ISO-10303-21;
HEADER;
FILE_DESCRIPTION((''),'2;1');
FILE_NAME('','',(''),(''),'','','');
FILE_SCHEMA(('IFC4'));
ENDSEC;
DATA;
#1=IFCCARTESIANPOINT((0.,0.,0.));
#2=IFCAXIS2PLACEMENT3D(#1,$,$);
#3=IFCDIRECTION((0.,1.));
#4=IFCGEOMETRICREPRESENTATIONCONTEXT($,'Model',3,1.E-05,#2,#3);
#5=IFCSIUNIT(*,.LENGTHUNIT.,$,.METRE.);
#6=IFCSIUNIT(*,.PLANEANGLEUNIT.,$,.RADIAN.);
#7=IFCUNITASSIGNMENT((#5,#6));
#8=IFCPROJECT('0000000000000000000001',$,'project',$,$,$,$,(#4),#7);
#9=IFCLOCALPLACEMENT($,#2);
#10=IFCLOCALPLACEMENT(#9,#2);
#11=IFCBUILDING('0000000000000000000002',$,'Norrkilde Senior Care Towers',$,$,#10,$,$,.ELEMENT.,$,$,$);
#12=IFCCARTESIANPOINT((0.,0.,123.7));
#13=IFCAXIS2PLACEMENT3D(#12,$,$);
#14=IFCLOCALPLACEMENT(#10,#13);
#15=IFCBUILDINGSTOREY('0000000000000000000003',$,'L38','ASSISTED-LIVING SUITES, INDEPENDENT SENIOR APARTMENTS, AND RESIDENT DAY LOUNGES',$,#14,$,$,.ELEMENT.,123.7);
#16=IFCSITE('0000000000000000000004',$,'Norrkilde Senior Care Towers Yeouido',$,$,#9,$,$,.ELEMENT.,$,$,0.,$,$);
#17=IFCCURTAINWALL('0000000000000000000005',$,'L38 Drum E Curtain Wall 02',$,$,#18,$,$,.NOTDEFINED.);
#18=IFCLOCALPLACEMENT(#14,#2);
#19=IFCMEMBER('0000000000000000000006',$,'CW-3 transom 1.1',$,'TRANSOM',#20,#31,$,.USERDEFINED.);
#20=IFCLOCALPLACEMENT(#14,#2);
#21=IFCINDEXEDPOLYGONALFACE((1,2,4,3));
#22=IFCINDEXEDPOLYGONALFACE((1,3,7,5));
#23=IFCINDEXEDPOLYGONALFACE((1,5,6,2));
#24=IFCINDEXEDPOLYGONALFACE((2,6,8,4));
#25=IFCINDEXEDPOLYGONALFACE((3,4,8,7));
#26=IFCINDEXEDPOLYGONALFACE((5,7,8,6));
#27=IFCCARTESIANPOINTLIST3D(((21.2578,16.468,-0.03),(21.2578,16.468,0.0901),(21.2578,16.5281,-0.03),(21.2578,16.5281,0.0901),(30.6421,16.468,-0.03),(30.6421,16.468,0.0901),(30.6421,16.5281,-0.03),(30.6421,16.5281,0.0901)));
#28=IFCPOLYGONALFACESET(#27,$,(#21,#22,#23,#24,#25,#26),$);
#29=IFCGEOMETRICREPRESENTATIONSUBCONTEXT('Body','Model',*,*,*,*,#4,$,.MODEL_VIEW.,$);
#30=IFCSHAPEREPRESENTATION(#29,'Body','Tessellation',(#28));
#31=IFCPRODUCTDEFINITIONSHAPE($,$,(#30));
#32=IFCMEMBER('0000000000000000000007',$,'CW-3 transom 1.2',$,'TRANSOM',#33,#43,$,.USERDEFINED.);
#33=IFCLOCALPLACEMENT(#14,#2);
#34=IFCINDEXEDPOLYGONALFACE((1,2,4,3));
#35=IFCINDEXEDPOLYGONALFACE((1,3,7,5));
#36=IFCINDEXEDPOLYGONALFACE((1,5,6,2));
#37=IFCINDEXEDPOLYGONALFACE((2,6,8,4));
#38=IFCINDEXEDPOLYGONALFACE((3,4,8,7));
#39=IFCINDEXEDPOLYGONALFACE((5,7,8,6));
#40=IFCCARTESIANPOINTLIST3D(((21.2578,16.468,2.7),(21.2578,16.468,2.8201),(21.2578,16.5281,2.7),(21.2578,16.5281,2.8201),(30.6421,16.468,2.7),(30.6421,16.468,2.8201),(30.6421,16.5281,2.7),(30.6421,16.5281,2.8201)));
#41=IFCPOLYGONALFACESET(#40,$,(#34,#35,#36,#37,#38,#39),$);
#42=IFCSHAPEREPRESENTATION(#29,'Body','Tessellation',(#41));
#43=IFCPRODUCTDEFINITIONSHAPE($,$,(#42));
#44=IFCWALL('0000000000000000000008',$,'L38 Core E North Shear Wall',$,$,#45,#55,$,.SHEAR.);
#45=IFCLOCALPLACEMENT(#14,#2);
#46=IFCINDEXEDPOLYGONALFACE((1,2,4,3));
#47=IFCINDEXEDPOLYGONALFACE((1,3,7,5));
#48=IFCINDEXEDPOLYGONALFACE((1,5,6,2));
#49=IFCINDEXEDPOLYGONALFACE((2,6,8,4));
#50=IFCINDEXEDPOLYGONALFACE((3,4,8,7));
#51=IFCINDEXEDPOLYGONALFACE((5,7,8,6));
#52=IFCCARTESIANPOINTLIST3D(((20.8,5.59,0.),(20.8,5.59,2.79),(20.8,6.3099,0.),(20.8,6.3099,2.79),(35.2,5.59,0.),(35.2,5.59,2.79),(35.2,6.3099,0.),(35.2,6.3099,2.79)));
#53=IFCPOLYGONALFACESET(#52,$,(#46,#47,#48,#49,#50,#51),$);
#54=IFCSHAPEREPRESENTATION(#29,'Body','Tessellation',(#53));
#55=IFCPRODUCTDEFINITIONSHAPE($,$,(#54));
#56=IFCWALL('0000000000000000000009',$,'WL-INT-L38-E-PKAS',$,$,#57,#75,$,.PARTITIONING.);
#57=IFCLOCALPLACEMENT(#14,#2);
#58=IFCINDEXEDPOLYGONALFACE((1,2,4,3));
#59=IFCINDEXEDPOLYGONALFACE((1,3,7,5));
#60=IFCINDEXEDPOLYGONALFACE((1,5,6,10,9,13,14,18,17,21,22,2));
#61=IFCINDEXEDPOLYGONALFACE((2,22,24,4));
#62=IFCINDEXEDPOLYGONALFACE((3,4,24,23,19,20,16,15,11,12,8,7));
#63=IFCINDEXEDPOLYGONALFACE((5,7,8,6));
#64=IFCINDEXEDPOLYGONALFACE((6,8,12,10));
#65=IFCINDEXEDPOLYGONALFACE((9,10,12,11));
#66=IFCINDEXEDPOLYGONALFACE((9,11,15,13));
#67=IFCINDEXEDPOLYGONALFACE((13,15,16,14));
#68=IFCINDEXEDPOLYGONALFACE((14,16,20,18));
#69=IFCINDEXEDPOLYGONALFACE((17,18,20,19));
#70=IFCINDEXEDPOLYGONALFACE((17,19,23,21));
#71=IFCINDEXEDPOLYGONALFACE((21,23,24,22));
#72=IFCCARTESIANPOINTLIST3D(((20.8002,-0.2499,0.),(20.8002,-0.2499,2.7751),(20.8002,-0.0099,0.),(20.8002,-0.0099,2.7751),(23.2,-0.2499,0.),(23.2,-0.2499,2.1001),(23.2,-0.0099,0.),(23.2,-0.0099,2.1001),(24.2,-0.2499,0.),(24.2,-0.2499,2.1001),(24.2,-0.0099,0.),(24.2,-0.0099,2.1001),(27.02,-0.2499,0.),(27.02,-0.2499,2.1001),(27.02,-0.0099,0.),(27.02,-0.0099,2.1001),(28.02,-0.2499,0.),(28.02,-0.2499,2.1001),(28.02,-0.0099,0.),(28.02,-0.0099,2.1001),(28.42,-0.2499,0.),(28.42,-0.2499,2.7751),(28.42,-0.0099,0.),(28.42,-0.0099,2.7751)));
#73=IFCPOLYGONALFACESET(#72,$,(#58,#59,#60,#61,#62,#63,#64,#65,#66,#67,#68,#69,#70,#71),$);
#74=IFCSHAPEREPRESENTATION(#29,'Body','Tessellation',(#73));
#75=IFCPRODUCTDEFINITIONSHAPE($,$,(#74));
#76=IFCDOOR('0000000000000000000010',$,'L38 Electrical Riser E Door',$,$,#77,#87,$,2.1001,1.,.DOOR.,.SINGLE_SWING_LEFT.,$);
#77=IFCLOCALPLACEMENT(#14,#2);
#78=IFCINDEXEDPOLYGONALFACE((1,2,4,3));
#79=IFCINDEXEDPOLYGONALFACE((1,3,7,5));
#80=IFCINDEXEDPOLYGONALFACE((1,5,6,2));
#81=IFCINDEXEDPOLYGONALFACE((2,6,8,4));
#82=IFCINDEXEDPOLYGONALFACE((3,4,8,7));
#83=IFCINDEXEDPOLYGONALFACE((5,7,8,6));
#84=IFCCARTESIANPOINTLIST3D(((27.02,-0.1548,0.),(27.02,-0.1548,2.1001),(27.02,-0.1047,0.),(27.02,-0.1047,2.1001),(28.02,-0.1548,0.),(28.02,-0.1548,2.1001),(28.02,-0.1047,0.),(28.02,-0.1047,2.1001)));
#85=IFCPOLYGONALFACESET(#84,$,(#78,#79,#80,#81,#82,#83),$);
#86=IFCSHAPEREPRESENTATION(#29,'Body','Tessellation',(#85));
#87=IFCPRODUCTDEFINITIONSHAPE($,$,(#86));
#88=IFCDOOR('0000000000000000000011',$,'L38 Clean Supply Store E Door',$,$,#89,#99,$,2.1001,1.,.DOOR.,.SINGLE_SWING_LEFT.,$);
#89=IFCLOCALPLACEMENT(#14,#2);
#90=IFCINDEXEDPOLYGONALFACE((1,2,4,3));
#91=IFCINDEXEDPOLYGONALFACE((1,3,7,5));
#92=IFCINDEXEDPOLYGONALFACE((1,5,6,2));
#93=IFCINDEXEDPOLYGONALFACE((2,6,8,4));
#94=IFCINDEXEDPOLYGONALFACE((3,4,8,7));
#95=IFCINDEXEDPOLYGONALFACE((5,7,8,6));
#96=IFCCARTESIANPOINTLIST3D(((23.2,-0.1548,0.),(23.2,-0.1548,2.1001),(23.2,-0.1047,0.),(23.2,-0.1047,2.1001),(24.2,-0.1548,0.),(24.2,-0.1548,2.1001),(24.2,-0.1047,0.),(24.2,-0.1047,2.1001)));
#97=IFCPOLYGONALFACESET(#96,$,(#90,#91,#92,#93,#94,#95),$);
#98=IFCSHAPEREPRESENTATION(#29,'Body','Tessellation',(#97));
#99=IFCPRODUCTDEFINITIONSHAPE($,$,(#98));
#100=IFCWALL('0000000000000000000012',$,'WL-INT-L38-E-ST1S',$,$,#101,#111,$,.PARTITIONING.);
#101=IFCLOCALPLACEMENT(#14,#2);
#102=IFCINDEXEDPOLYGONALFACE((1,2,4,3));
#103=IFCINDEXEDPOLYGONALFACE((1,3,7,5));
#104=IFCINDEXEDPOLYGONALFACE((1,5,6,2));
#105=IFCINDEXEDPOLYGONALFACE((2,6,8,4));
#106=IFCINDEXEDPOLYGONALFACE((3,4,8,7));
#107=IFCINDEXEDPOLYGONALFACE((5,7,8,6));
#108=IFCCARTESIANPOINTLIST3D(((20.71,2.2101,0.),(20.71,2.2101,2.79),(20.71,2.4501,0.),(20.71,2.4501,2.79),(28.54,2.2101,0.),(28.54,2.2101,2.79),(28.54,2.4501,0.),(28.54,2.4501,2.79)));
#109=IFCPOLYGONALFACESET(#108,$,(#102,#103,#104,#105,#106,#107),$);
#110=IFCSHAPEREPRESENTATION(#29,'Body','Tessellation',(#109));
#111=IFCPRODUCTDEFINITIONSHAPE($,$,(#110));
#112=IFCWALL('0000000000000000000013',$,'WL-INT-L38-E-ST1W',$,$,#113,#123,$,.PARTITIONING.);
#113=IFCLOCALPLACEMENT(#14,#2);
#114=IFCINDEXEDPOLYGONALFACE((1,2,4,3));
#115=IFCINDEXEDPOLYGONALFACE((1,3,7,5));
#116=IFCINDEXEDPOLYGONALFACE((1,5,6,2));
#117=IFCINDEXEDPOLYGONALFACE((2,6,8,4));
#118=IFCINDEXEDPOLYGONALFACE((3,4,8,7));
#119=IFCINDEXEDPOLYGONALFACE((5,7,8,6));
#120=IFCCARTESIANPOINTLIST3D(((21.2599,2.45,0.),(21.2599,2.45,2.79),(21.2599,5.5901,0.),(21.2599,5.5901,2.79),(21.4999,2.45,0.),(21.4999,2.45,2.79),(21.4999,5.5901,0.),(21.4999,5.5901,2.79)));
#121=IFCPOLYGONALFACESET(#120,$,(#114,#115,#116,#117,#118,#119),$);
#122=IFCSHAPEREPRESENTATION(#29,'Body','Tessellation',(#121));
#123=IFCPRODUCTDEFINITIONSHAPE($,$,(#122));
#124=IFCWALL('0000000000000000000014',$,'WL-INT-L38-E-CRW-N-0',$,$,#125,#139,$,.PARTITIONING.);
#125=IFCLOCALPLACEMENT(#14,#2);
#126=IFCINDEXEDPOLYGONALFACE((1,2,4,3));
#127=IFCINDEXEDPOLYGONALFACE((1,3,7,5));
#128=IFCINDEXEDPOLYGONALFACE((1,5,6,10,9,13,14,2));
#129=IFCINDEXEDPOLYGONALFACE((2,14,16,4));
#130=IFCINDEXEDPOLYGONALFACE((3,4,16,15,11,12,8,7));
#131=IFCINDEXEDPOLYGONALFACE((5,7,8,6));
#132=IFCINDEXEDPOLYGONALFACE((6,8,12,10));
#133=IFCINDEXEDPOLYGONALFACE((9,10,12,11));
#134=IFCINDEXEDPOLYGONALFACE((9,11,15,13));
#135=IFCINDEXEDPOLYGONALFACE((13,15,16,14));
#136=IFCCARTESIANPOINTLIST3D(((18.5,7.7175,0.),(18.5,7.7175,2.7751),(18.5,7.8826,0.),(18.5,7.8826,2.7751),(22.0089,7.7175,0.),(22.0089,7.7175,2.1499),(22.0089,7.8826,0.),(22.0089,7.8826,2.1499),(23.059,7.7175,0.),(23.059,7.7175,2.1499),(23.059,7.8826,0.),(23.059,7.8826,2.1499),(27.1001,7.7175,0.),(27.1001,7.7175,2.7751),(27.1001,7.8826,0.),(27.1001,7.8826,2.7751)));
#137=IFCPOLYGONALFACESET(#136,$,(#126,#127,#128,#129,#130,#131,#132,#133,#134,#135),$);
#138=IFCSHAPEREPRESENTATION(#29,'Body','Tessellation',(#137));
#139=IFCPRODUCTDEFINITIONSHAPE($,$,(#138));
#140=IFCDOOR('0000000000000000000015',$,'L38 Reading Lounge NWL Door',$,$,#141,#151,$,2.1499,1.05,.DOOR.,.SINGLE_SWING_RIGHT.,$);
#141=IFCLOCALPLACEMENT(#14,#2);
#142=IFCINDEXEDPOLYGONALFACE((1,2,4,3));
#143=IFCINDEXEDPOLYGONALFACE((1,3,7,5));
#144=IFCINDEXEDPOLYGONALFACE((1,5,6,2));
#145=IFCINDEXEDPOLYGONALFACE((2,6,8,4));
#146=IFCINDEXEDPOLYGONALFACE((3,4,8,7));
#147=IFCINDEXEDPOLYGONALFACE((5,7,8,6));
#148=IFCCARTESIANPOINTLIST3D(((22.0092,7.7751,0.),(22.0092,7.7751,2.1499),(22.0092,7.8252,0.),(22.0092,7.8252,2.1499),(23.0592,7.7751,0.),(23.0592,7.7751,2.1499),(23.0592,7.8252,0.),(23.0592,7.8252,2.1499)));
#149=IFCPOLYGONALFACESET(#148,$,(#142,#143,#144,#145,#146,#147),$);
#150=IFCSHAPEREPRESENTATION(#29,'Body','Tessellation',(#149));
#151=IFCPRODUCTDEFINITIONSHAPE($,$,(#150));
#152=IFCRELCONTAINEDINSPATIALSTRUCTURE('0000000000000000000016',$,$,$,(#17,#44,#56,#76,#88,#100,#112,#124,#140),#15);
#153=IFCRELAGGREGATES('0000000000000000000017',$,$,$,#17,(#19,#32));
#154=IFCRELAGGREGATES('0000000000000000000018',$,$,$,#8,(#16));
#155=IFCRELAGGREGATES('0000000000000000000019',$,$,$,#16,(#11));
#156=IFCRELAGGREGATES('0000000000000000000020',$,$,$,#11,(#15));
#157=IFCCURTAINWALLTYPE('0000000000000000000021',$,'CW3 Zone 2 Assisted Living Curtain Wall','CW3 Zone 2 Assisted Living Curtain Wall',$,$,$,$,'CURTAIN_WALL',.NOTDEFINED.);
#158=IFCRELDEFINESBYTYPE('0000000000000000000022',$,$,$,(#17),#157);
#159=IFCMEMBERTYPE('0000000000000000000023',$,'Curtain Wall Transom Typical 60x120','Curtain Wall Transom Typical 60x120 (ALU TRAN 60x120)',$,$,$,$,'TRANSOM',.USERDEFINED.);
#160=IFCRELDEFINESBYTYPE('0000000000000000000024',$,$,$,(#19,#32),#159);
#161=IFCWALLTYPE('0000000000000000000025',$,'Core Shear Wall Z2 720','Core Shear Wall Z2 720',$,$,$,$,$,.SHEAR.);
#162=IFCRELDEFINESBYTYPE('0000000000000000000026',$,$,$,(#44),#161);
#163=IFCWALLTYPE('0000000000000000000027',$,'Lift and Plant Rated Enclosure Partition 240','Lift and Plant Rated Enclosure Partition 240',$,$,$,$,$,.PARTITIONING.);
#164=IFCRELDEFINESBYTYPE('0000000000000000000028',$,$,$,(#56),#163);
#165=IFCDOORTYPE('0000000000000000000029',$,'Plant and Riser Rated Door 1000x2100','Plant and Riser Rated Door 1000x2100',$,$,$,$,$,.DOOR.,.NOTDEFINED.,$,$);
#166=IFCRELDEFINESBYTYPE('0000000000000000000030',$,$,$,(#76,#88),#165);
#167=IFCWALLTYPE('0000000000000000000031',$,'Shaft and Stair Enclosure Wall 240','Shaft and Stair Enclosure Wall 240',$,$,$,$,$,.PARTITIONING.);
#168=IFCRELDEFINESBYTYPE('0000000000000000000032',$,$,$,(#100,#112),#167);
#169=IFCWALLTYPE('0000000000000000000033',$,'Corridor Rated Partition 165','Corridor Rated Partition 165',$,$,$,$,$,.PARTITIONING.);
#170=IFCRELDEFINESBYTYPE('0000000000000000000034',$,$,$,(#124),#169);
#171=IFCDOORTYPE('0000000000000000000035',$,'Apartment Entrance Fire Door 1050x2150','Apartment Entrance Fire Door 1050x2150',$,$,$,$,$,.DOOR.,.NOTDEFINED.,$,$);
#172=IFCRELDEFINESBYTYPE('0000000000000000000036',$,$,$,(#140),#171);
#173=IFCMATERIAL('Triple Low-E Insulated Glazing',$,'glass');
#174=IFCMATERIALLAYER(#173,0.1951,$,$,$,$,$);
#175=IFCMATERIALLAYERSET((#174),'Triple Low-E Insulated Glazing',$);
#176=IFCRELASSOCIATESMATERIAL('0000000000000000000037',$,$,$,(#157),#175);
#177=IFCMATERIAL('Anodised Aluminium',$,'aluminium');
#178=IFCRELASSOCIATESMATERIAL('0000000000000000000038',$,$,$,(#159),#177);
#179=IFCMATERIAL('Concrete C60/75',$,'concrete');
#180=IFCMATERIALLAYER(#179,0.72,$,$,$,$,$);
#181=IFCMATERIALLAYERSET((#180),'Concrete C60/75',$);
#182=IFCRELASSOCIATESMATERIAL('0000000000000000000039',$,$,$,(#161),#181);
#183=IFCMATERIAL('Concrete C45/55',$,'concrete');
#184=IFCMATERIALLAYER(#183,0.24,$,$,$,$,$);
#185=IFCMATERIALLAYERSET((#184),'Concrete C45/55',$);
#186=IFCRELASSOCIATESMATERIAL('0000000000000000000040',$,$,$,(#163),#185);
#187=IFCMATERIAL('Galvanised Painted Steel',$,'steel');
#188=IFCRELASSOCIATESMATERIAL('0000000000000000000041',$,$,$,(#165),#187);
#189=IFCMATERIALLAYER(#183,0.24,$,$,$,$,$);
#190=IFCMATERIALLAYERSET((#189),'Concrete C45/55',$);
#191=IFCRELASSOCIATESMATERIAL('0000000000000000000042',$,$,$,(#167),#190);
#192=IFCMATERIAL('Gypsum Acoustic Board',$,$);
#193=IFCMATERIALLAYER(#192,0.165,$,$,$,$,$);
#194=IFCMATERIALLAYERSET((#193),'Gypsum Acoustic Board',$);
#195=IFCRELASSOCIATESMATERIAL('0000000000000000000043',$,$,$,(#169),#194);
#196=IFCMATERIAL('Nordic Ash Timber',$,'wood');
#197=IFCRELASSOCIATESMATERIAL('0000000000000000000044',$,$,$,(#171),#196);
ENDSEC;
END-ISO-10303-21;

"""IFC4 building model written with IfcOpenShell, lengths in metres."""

from ifc_helpers import new_model, si_unit, direction, frame, frame_2d, origin, origin_2d, place, context, subcontext, project, spatial, rectangle, extrude, source, transform, mapped, material, layer, layer_set, material_profile, profile_set, type_object, type_shapes, element, fill, aggregate, save


model = new_model("IFC4")

# Units and contexts
model_context = context("Model", 3, precision=1e-05, world=origin(), true_north=direction((0.0, 1.0)))
body_context = subcontext(model_context, "Body", "Model", "MODEL_VIEW")
ifc_project = project(units=[si_unit("LENGTHUNIT", "METRE"), si_unit("PLANEANGLEUNIT", "RADIAN")], contexts=[model_context])

# Site, building, storey
site_placement = place(None, origin())
site = spatial("IfcSite", under=ifc_project, at=site_placement, Name="Norrkilde Senior Care Towers Yeouido", CompositionType="ELEMENT", RefElevation=0.0)
building_placement = place(site_placement, origin())
building = spatial("IfcBuilding", under=site, at=building_placement, Name="Norrkilde Senior Care Towers", CompositionType="ELEMENT")
storey_placement = place(building_placement, frame((0.0, 0.0, 123.7)))
storey = spatial("IfcBuildingStorey", under=building, at=storey_placement, Name="L38", Description="ASSISTED-LIVING SUITES, INDEPENDENT SENIOR APARTMENTS, AND RESIDENT DAY LOUNGES", CompositionType="ELEMENT", Elevation=123.7)

# Shared definitions
ifc_material_1 = material(Name="Concrete C60/75", Category="concrete")

# Curtain wall
ifc_material_2 = material(Name="Triple Low-E Insulated Glazing", Category="glass")
ifc_layer_1 = layer(ifc_material_2, 0.1951)
ifc_layer_set_1 = layer_set([ifc_layer_1], Name="Triple Low-E Insulated Glazing")
curtain_wall_type = type_object("IfcCurtainWallType", Name="CW3 Zone 2 Assisted Living Curtain Wall", Description="CW3 Zone 2 Assisted Living Curtain Wall", ElementType="CURTAIN_WALL", PredefinedType="NOTDEFINED", material=ifc_layer_set_1)
curtain_wall_1_placement = place(storey_placement, origin())
curtain_wall_1 = element("IfcCurtainWall", 1, at=curtain_wall_1_placement, inside=storey, type_object=curtain_wall_type, Name="L38 Drum E Curtain Wall 02", PredefinedType="NOTDEFINED")
ifc_material_3 = material(Name="Anodised Aluminium", Category="aluminium")

# Members
ifc_material_profile_1 = material_profile(ifc_material_3, rectangle(XDim=0.0601, YDim=0.1201, at=origin_2d()), Name="ALU TRAN 60x120")
ifc_profile_set_1 = profile_set([ifc_material_profile_1], Name="Anodised Aluminium")
member_type_1 = type_object("IfcMemberType", Name="Curtain Wall Transom Typical 60x120", Description="Curtain Wall Transom Typical 60x120 (ALU TRAN 60x120)", ElementType="TRANSOM", PredefinedType="USERDEFINED", material=ifc_profile_set_1)
shared_shape_1 = source(origin(), body_context, "Body", "SweptSolid", [
    extrude(rectangle(XDim=0.0601, YDim=0.1201, at=origin_2d()), origin(), (0.0, 0.0, 1.0), 9.3843),
])
type_shapes(member_type_1, [shared_shape_1])
member_1_placement = place(storey_placement, frame((21.2578, 16.498, 0.03), z_axis=(1.0, 0.0, 0.0), x_axis=(0.0, 1.0, 0.0)))
member_1 = element("IfcMember", 2, at=member_1_placement, type_object=member_type_1, Name="CW-3 transom 1.1", ObjectType="TRANSOM", PredefinedType="USERDEFINED", context=body_context, shape_type="MappedRepresentation", body=[
    mapped(shared_shape_1, transform((0.0, 0.0, 0.0), x_axis=(1.0, 0.0, 0.0), y_axis=(0.0, 1.0, 0.0), z_axis=(0.0, 0.0, 1.0), scale=1.0)),
])
member_2_placement = place(storey_placement, frame((21.2578, 16.498, 2.76), z_axis=(1.0, 0.0, 0.0), x_axis=(0.0, 1.0, 0.0)))
member_2 = element("IfcMember", 3, at=member_2_placement, type_object=member_type_1, Name="CW-3 transom 1.2", ObjectType="TRANSOM", PredefinedType="USERDEFINED", context=body_context, shape_type="MappedRepresentation", body=[
    mapped(shared_shape_1, transform((0.0, 0.0, 0.0), x_axis=(1.0, 0.0, 0.0), y_axis=(0.0, 1.0, 0.0), z_axis=(0.0, 0.0, 1.0), scale=1.0)),
])
aggregate(curtain_wall_1, [member_1, member_2])

# Wall
ifc_layer_2 = layer(ifc_material_1, 0.72)
ifc_layer_set_2 = layer_set([ifc_layer_2], Name="Concrete C60/75")
wall_type_1 = type_object("IfcWallType", Name="Core Shear Wall Z2 720", Description="Core Shear Wall Z2 720", PredefinedType="SHEAR", material=ifc_layer_set_2)
shared_shape_2 = source(origin(), body_context, "Body", "SweptSolid", [
    extrude(rectangle(XDim=14.3999, YDim=0.72, at=frame_2d((7.2, 0.0))), origin(), (0.0, 0.0, 1.0), 2.79),
])
type_shapes(wall_type_1, [shared_shape_2])
wall_1_placement = place(storey_placement, frame((20.8, 5.95, 0.0), z_axis=(0.0, 0.0, 1.0), x_axis=(1.0, 0.0, 0.0)))
element("IfcWall", 4, at=wall_1_placement, inside=storey, type_object=wall_type_1, Name="L38 Core E North Shear Wall", PredefinedType="SHEAR", context=body_context, shape_type="MappedRepresentation", body=[
    mapped(shared_shape_2, transform((0.0, 0.0, 0.0), x_axis=(1.0, 0.0, 0.0), y_axis=(0.0, 1.0, 0.0), z_axis=(0.0, 0.0, 1.0), scale=1.0)),
])

# Wall, openings, doors
ifc_material_4 = material(Name="Concrete C45/55", Category="concrete")
ifc_layer_3 = layer(ifc_material_4, 0.24)
ifc_layer_set_3 = layer_set([ifc_layer_3], Name="Concrete C45/55")
wall_type_2 = type_object("IfcWallType", Name="Lift and Plant Rated Enclosure Partition 240", Description="Lift and Plant Rated Enclosure Partition 240", PredefinedType="PARTITIONING", material=ifc_layer_set_3)
shared_shape_3 = source(origin(), body_context, "Body", "SweptSolid", [
    extrude(rectangle(XDim=7.6199, YDim=0.24, at=frame_2d((3.8101, 0.0))), origin(), (0.0, 0.0, 1.0), 2.7751),
])
type_shapes(wall_type_2, [shared_shape_3])
wall_2_placement = place(storey_placement, frame((20.8, -0.1299, 0.0), z_axis=(0.0, 0.0, 1.0), x_axis=(1.0, 0.0, 0.0)))
wall_2 = element("IfcWall", 5, at=wall_2_placement, inside=storey, type_object=wall_type_2, Name="WL-INT-L38-E-PKAS", PredefinedType="PARTITIONING", context=body_context, shape_type="MappedRepresentation", body=[
    mapped(shared_shape_3, transform((0.0, 0.0, 0.0), x_axis=(1.0, 0.0, 0.0), y_axis=(0.0, 1.0, 0.0), z_axis=(0.0, 0.0, 1.0), scale=1.0)),
])
opening_1_placement = place(wall_2_placement, frame((6.22, 0.0, 0.0)))
opening_1 = element("IfcOpeningElement", 6, at=opening_1_placement, cuts=wall_2, PredefinedType="OPENING", context=body_context, shape_type="SweptSolid", body=[
    extrude(rectangle(XDim=1.0, YDim=2.1001, at=frame_2d((0.5, 1.05))), frame((0.0, 0.1299, 0.0), z_axis=(0.0, -1.0, 0.0), x_axis=(1.0, 0.0, 0.0)), (0.0, 0.0, 1.0), 0.26),
])
opening_2_placement = place(wall_2_placement, frame((2.3999, 0.0, 0.0)))
opening_2 = element("IfcOpeningElement", 7, at=opening_2_placement, cuts=wall_2, PredefinedType="OPENING", context=body_context, shape_type="SweptSolid", body=[
    extrude(rectangle(XDim=1.0, YDim=2.1001, at=frame_2d((0.5, 1.05))), frame((0.0, 0.1299, 0.0), z_axis=(0.0, -1.0, 0.0), x_axis=(1.0, 0.0, 0.0)), (0.0, 0.0, 1.0), 0.26),
])
ifc_material_5 = material(Name="Galvanised Painted Steel", Category="steel")
door_type_1 = type_object("IfcDoorType", Name="Plant and Riser Rated Door 1000x2100", Description="Plant and Riser Rated Door 1000x2100", OperationType="NOTDEFINED", PredefinedType="DOOR", material=ifc_material_5)
shared_shape_4 = source(origin(), body_context, "Body", "SweptSolid", [
    extrude(rectangle(XDim=1.0, YDim=2.1001, at=frame_2d((0.5, 1.05))), frame((0.0, 0.0249, 0.0), z_axis=(0.0, -1.0, 0.0), x_axis=(1.0, 0.0, 0.0)), (0.0, 0.0, 1.0), 0.05),
])
type_shapes(door_type_1, [shared_shape_4])
door_1_placement = place(opening_1_placement, frame((1.0, 0.0, 0.0), z_axis=(0.0, 0.0, 1.0), x_axis=(-1.0, 0.0, 0.0)))
door_1 = element("IfcDoor", 8, at=door_1_placement, inside=storey, type_object=door_type_1, Name="L38 Electrical Riser E Door", OperationType="SINGLE_SWING_LEFT", OverallHeight=2.1001, OverallWidth=1.0, PredefinedType="DOOR", context=body_context, shape_type="MappedRepresentation", body=[
    mapped(shared_shape_4, transform((0.0, 0.0, 0.0), x_axis=(1.0, 0.0, 0.0), y_axis=(0.0, 1.0, 0.0), z_axis=(0.0, 0.0, 1.0), scale=1.0)),
])
fill(opening_1, door_1)
door_2_placement = place(opening_2_placement, frame((1.0, 0.0, 0.0), z_axis=(0.0, 0.0, 1.0), x_axis=(-1.0, 0.0, 0.0)))
door_2 = element("IfcDoor", 9, at=door_2_placement, inside=storey, type_object=door_type_1, Name="L38 Clean Supply Store E Door", OperationType="SINGLE_SWING_LEFT", OverallHeight=2.1001, OverallWidth=1.0, PredefinedType="DOOR", context=body_context, shape_type="MappedRepresentation", body=[
    mapped(shared_shape_4, transform((0.0, 0.0, 0.0), x_axis=(1.0, 0.0, 0.0), y_axis=(0.0, 1.0, 0.0), z_axis=(0.0, 0.0, 1.0), scale=1.0)),
])
fill(opening_2, door_2)

# Walls
ifc_layer_4 = layer(ifc_material_4, 0.24)
ifc_layer_set_4 = layer_set([ifc_layer_4], Name="Concrete C45/55")
wall_type_3 = type_object("IfcWallType", Name="Shaft and Stair Enclosure Wall 240", Description="Shaft and Stair Enclosure Wall 240", PredefinedType="PARTITIONING", material=ifc_layer_set_4)
shared_shape_5 = source(origin(), body_context, "Body", "SweptSolid", [
    extrude(rectangle(XDim=7.8301, YDim=0.24, at=frame_2d((3.915, 0.0))), origin(), (0.0, 0.0, 1.0), 2.79),
])
wall_3_placement = place(storey_placement, frame((20.71, 2.3301, 0.0), z_axis=(0.0, 0.0, 1.0), x_axis=(1.0, 0.0, 0.0)))
element("IfcWall", 10, at=wall_3_placement, inside=storey, type_object=wall_type_3, Name="WL-INT-L38-E-ST1S", PredefinedType="PARTITIONING", context=body_context, shape_type="MappedRepresentation", body=[
    mapped(shared_shape_5, transform((0.0, 0.0, 0.0), x_axis=(1.0, 0.0, 0.0), y_axis=(0.0, 1.0, 0.0), z_axis=(0.0, 0.0, 1.0), scale=1.0)),
])
shared_shape_6 = source(origin(), body_context, "Body", "SweptSolid", [
    extrude(rectangle(XDim=3.1401, YDim=0.24, at=frame_2d((1.5701, 0.0))), origin(), (0.0, 0.0, 1.0), 2.79),
])
type_shapes(wall_type_3, [shared_shape_5, shared_shape_6])
wall_4_placement = place(storey_placement, frame((21.3799, 2.45, 0.0), z_axis=(0.0, 0.0, 1.0), x_axis=(0.0, 1.0, 0.0)))
element("IfcWall", 11, at=wall_4_placement, inside=storey, type_object=wall_type_3, Name="WL-INT-L38-E-ST1W", PredefinedType="PARTITIONING", context=body_context, shape_type="MappedRepresentation", body=[
    mapped(shared_shape_6, transform((0.0, 0.0, 0.0), x_axis=(1.0, 0.0, 0.0), y_axis=(0.0, 1.0, 0.0), z_axis=(0.0, 0.0, 1.0), scale=1.0)),
])

# Wall, opening, door
ifc_material_6 = material(Name="Gypsum Acoustic Board")
ifc_layer_5 = layer(ifc_material_6, 0.165)
ifc_layer_set_5 = layer_set([ifc_layer_5], Name="Gypsum Acoustic Board")
wall_type_4 = type_object("IfcWallType", Name="Corridor Rated Partition 165", Description="Corridor Rated Partition 165", PredefinedType="PARTITIONING", material=ifc_layer_set_5)
shared_shape_7 = source(origin(), body_context, "Body", "SweptSolid", [
    extrude(rectangle(XDim=8.6001, YDim=0.165, at=frame_2d((4.3, 0.0))), origin(), (0.0, 0.0, 1.0), 2.7751),
])
type_shapes(wall_type_4, [shared_shape_7])
wall_5_placement = place(storey_placement, frame((18.5, 7.8, 0.0), z_axis=(0.0, 0.0, 1.0), x_axis=(1.0, 0.0, 0.0)))
wall_5 = element("IfcWall", 12, at=wall_5_placement, inside=storey, type_object=wall_type_4, Name="WL-INT-L38-E-CRW-N-0", PredefinedType="PARTITIONING", context=body_context, shape_type="MappedRepresentation", body=[
    mapped(shared_shape_7, transform((0.0, 0.0, 0.0), x_axis=(1.0, 0.0, 0.0), y_axis=(0.0, 1.0, 0.0), z_axis=(0.0, 0.0, 1.0), scale=1.0)),
])
opening_3_placement = place(wall_5_placement, frame((3.509, 0.0, 0.0)))
opening_3 = element("IfcOpeningElement", 13, at=opening_3_placement, cuts=wall_5, PredefinedType="OPENING", context=body_context, shape_type="SweptSolid", body=[
    extrude(rectangle(XDim=1.05, YDim=2.1499, at=frame_2d((0.5249, 1.075))), frame((0.0, 0.0925, 0.0), z_axis=(0.0, -1.0, 0.0), x_axis=(1.0, 0.0, 0.0)), (0.0, 0.0, 1.0), 0.1851),
])
ifc_material_7 = material(Name="Nordic Ash Timber", Category="wood")
door_type_2 = type_object("IfcDoorType", Name="Apartment Entrance Fire Door 1050x2150", Description="Apartment Entrance Fire Door 1050x2150", OperationType="NOTDEFINED", PredefinedType="DOOR", material=ifc_material_7)
shared_shape_8 = source(origin(), body_context, "Body", "SweptSolid", [
    extrude(rectangle(XDim=1.05, YDim=2.1499, at=frame_2d((0.5249, 1.075))), frame((0.0, 0.0249, 0.0), z_axis=(0.0, -1.0, 0.0), x_axis=(1.0, 0.0, 0.0)), (0.0, 0.0, 1.0), 0.05),
])
type_shapes(door_type_2, [shared_shape_8])
door_3_placement = place(opening_3_placement, frame((1.05, 0.0, 0.0), z_axis=(0.0, 0.0, 1.0), x_axis=(-1.0, 0.0, 0.0)))
door_3 = element("IfcDoor", 14, at=door_3_placement, inside=storey, type_object=door_type_2, Name="L38 Reading Lounge NWL Door", OperationType="SINGLE_SWING_RIGHT", OverallHeight=2.1499, OverallWidth=1.05, PredefinedType="DOOR", context=body_context, shape_type="MappedRepresentation", body=[
    mapped(shared_shape_8, transform((0.0, 0.0, 0.0), x_axis=(1.0, 0.0, 0.0), y_axis=(0.0, 1.0, 0.0), z_axis=(0.0, 0.0, 1.0), scale=1.0)),
])
fill(opening_3, door_3)

save(model, "model.ifc")
